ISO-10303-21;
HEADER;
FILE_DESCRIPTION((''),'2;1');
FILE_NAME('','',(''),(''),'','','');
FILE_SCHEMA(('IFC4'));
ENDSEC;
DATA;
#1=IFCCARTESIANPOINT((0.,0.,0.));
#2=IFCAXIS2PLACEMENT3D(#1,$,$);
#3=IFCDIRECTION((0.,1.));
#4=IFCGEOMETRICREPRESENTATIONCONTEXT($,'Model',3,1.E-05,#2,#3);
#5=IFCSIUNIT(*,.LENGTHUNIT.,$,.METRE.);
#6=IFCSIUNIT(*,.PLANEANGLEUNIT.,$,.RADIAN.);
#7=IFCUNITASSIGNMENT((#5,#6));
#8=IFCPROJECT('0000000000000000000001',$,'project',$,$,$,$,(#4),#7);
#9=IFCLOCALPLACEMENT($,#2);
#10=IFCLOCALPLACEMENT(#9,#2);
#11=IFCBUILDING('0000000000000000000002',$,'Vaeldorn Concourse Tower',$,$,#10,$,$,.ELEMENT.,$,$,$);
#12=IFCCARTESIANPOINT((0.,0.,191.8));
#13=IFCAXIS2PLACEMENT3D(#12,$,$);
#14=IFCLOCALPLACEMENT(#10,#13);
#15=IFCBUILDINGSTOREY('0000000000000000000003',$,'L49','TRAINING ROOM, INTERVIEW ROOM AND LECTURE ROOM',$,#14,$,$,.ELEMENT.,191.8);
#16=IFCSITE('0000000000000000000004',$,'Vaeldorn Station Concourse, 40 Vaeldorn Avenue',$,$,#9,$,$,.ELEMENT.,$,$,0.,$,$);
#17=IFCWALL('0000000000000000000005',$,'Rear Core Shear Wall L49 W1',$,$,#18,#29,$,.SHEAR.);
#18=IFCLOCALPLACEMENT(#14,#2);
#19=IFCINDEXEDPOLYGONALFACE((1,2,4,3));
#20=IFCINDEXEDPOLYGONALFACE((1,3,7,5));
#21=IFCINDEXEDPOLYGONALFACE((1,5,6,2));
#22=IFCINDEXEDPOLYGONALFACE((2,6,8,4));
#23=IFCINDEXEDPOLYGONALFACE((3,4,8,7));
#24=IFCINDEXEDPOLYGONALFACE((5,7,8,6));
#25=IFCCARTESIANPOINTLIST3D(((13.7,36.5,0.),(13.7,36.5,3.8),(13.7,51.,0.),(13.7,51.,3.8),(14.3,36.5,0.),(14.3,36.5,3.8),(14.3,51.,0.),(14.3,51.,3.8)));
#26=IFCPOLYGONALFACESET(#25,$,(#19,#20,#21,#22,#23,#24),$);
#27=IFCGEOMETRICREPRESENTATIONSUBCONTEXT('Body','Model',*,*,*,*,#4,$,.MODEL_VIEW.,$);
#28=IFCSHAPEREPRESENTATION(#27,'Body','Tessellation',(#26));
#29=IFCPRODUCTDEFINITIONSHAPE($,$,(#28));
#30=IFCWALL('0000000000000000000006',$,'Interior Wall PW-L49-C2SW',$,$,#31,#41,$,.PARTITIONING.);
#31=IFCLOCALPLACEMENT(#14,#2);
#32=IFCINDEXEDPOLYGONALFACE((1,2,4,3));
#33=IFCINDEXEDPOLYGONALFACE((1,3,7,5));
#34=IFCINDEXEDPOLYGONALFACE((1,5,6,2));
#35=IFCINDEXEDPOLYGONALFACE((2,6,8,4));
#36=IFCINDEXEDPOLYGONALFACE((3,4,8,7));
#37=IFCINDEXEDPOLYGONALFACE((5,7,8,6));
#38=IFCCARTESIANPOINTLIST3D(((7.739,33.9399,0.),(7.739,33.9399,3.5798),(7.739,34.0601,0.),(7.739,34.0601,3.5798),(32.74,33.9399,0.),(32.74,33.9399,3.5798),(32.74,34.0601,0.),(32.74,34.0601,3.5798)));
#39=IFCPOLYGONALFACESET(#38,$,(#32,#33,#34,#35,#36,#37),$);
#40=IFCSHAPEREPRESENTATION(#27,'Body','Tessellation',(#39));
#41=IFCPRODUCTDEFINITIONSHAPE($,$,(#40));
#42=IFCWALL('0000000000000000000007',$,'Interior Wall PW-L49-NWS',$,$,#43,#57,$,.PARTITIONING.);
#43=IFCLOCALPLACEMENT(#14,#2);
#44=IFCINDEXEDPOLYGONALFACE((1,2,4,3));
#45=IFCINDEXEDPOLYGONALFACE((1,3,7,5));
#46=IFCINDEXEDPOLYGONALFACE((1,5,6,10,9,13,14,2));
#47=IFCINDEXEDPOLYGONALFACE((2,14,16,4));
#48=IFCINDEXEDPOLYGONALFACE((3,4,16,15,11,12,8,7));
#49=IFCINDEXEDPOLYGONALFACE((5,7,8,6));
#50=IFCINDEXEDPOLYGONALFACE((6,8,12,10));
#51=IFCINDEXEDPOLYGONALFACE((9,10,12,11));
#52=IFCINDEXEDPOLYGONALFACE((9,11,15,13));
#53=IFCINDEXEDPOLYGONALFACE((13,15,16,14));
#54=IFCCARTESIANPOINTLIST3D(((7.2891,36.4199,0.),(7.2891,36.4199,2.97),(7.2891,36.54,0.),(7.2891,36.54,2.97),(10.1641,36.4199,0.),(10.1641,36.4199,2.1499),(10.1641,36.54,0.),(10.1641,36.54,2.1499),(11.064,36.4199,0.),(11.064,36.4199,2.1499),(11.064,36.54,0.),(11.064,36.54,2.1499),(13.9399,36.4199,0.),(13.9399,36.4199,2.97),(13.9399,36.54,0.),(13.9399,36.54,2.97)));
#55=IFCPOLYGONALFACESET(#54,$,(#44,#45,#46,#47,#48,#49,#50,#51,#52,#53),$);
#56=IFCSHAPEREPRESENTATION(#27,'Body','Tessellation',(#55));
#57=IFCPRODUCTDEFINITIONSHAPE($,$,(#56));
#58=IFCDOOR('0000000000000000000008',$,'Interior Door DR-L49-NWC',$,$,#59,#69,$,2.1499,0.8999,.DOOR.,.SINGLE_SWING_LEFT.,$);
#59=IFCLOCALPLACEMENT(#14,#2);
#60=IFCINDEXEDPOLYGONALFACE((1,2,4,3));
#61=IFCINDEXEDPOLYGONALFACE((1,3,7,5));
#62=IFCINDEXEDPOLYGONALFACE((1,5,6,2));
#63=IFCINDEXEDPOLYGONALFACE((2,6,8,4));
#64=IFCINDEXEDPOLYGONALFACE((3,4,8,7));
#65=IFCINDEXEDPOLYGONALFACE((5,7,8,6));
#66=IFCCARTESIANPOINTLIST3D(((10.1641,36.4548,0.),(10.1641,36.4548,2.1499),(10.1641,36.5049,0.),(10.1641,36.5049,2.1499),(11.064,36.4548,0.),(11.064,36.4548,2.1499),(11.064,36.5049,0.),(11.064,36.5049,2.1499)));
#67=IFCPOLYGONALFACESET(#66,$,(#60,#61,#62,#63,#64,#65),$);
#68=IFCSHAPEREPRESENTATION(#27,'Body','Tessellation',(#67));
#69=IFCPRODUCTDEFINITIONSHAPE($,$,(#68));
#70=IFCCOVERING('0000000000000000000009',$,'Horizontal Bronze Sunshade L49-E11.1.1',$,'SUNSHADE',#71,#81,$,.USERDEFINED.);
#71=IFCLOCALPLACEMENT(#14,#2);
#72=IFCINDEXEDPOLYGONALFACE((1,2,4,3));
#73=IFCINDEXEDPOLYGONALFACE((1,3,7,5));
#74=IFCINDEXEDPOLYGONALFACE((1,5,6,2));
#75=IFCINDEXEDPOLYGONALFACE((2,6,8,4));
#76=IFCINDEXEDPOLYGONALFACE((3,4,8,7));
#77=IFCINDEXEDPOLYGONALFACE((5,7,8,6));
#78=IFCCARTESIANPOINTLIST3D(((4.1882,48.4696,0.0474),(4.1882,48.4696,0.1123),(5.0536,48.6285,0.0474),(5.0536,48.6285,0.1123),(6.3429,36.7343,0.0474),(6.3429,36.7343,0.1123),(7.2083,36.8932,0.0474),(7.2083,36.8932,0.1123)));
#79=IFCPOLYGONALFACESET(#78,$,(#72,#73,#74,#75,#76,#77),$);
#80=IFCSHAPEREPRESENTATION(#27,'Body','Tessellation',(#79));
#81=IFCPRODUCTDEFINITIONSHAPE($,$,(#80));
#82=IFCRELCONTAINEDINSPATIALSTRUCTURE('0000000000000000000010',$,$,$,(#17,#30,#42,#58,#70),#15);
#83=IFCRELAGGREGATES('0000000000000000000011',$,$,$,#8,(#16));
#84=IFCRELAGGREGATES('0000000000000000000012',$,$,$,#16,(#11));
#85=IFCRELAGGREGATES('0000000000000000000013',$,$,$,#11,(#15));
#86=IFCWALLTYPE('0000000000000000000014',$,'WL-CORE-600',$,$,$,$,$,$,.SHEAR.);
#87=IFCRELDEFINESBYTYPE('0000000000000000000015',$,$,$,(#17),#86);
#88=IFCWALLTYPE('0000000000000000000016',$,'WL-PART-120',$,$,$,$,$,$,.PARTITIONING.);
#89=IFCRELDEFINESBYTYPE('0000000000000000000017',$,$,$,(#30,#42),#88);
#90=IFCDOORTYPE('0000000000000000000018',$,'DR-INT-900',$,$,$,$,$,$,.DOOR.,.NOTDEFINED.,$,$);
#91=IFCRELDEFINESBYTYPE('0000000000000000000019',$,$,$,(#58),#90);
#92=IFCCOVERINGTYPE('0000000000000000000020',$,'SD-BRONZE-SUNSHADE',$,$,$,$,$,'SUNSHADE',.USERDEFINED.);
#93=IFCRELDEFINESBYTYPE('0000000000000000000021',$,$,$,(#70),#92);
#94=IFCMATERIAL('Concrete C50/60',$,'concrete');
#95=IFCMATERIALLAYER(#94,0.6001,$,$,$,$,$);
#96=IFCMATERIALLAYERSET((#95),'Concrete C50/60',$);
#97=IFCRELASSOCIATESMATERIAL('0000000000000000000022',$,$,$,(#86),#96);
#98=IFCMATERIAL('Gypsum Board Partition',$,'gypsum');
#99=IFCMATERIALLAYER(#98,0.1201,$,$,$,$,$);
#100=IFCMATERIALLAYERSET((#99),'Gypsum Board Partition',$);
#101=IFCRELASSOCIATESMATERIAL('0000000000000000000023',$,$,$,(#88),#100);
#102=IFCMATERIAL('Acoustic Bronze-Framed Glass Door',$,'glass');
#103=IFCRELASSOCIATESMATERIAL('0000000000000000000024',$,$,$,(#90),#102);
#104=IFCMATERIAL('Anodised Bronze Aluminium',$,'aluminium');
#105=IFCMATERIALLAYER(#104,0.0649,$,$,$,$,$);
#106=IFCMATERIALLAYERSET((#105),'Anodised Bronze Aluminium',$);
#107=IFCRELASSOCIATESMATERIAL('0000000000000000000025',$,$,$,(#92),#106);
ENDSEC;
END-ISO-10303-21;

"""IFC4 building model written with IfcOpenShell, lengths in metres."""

from ifc_helpers import new_model, si_unit, direction, frame, frame_2d, origin, origin_2d, place, context, subcontext, project, spatial, rectangle, extrude, source, transform, mapped, material, layer, layer_set, type_object, element, fill, save


model = new_model("IFC4")

# Units and contexts
model_context = context("Model", 3, precision=1e-05, world=origin(), true_north=direction((0.0, 1.0)))
body_context = subcontext(model_context, "Body", "Model", "MODEL_VIEW")
ifc_project = project(units=[si_unit("LENGTHUNIT", "METRE"), si_unit("PLANEANGLEUNIT", "RADIAN")], contexts=[model_context])

# Site, building, storey
site_placement = place(None, origin())
site = spatial("IfcSite", under=ifc_project, at=site_placement, Name="Vaeldorn Station Concourse, 40 Vaeldorn Avenue", CompositionType="ELEMENT", RefElevation=0.0)
building_placement = place(site_placement, origin())
building = spatial("IfcBuilding", under=site, at=building_placement, Name="Vaeldorn Concourse Tower", CompositionType="ELEMENT")
storey_placement = place(building_placement, frame((0.0, 0.0, 191.8)))
storey = spatial("IfcBuildingStorey", under=building, at=storey_placement, Name="L49", Description="TRAINING ROOM, INTERVIEW ROOM AND LECTURE ROOM", CompositionType="ELEMENT", Elevation=191.8)

# Shared definitions
ifc_material_1 = material(Name="Concrete C50/60", Category="concrete")

# Shared definitions
ifc_material_2 = material(Name="Anodised Bronze Aluminium", Category="aluminium")

# Walls
ifc_layer_1 = layer(ifc_material_1, 0.6001)
ifc_layer_set_1 = layer_set([ifc_layer_1], Name="Concrete C50/60")
wall_type_1 = type_object("IfcWallType", Name="WL-CORE-600", PredefinedType="SHEAR", material=ifc_layer_set_1)
wall_1_placement = place(storey_placement, frame((14.0, 36.5, 0.0), z_axis=(0.0, 0.0, 1.0), x_axis=(0.0, 1.0, 0.0)))
element("IfcWall", 1, at=wall_1_placement, inside=storey, type_object=wall_type_1, Name="Rear Core Shear Wall L49 W1", PredefinedType="SHEAR", context=body_context, shape_type="SweptSolid", body=[
    extrude(rectangle(XDim=14.5, YDim=0.6001, at=frame_2d((7.25, 0.0))), origin(), (0.0, 0.0, 1.0), 3.8),
])
ifc_material_3 = material(Name="Gypsum Board Partition", Category="gypsum")
ifc_layer_2 = layer(ifc_material_3, 0.1201)
ifc_layer_set_2 = layer_set([ifc_layer_2], Name="Gypsum Board Partition")
wall_type_2 = type_object("IfcWallType", Name="WL-PART-120", PredefinedType="PARTITIONING", material=ifc_layer_set_2)
wall_2_placement = place(storey_placement, frame((7.739, 34.0, 0.0), z_axis=(0.0, 0.0, 1.0), x_axis=(1.0, 0.0, 0.0)))
element("IfcWall", 2, at=wall_2_placement, inside=storey, type_object=wall_type_2, Name="Interior Wall PW-L49-C2SW", PredefinedType="PARTITIONING", context=body_context, shape_type="SweptSolid", body=[
    extrude(rectangle(XDim=25.001, YDim=0.1201, at=frame_2d((12.5005, 0.0))), origin(), (0.0, 0.0, 1.0), 3.5798),
])

# Wall, opening, door
wall_3_placement = place(storey_placement, frame((7.2891, 36.48, 0.0), z_axis=(0.0, 0.0, 1.0), x_axis=(1.0, 0.0, 0.0)))
wall_3 = element("IfcWall", 3, at=wall_3_placement, inside=storey, type_object=wall_type_2, Name="Interior Wall PW-L49-NWS", PredefinedType="PARTITIONING", context=body_context, shape_type="SweptSolid", body=[
    extrude(rectangle(XDim=6.6509, YDim=0.1201, at=frame_2d((3.3254, 0.0))), origin(), (0.0, 0.0, 1.0), 2.97),
])
opening_placement = place(wall_3_placement, frame((2.875, 0.0, 0.0)))
opening = element("IfcOpeningElement", 4, at=opening_placement, cuts=wall_3, PredefinedType="OPENING", context=body_context, shape_type="SweptSolid", body=[
    extrude(rectangle(XDim=0.8999, YDim=2.1499, at=frame_2d((0.45, 1.075))), frame((0.0, 0.0701, 0.0), z_axis=(0.0, -1.0, 0.0), x_axis=(1.0, 0.0, 0.0)), (0.0, 0.0, 1.0), 0.1401),
])
ifc_material_4 = material(Name="Acoustic Bronze-Framed Glass Door", Category="glass")
door_type = type_object("IfcDoorType", Name="DR-INT-900", OperationType="NOTDEFINED", PredefinedType="DOOR", material=ifc_material_4)
shared_shape_1 = source(origin(), body_context, "Body", "SweptSolid", [
    extrude(rectangle(XDim=0.8999, YDim=2.1499, at=frame_2d((0.45, 1.075))), frame((0.0, 0.0249, 0.0), z_axis=(0.0, -1.0, 0.0), x_axis=(1.0, 0.0, 0.0)), (0.0, 0.0, 1.0), 0.05),
])
door_placement = place(opening_placement, origin())
door = element("IfcDoor", 5, at=door_placement, inside=storey, type_object=door_type, Name="Interior Door DR-L49-NWC", OperationType="SINGLE_SWING_LEFT", OverallHeight=2.1499, OverallWidth=0.8999, PredefinedType="DOOR", context=body_context, shape_type="MappedRepresentation", body=[
    mapped(shared_shape_1, transform((0.0, 0.0, 0.0), scale=1.0)),
])
fill(opening, door)

# Covering
ifc_layer_3 = layer(ifc_material_2, 0.0649)
ifc_layer_set_3 = layer_set([ifc_layer_3], Name="Anodised Bronze Aluminium")
covering_type = type_object("IfcCoveringType", Name="SD-BRONZE-SUNSHADE", ElementType="SUNSHADE", PredefinedType="USERDEFINED", material=ifc_layer_set_3)
shared_shape_2 = source(origin(), body_context, "Body", "SweptSolid", [
    extrude(rectangle(XDim=11.9314, YDim=0.8799, at=origin_2d()), origin(), (0.0, 0.0, 1.0), 0.0649),
])
covering_placement = place(storey_placement, frame((5.6982, 42.6814, 0.0474), z_axis=(0.0, 0.0, 1.0), x_axis=(0.180588, -0.983559, 0.0)))
element("IfcCovering", 6, at=covering_placement, inside=storey, type_object=covering_type, Name="Horizontal Bronze Sunshade L49-E11.1.1", ObjectType="SUNSHADE", PredefinedType="USERDEFINED", context=body_context, shape_type="MappedRepresentation", body=[
    mapped(shared_shape_2, transform((0.0, 0.0, 0.0), scale=1.0)),
])

save(model, "model.ifc")
